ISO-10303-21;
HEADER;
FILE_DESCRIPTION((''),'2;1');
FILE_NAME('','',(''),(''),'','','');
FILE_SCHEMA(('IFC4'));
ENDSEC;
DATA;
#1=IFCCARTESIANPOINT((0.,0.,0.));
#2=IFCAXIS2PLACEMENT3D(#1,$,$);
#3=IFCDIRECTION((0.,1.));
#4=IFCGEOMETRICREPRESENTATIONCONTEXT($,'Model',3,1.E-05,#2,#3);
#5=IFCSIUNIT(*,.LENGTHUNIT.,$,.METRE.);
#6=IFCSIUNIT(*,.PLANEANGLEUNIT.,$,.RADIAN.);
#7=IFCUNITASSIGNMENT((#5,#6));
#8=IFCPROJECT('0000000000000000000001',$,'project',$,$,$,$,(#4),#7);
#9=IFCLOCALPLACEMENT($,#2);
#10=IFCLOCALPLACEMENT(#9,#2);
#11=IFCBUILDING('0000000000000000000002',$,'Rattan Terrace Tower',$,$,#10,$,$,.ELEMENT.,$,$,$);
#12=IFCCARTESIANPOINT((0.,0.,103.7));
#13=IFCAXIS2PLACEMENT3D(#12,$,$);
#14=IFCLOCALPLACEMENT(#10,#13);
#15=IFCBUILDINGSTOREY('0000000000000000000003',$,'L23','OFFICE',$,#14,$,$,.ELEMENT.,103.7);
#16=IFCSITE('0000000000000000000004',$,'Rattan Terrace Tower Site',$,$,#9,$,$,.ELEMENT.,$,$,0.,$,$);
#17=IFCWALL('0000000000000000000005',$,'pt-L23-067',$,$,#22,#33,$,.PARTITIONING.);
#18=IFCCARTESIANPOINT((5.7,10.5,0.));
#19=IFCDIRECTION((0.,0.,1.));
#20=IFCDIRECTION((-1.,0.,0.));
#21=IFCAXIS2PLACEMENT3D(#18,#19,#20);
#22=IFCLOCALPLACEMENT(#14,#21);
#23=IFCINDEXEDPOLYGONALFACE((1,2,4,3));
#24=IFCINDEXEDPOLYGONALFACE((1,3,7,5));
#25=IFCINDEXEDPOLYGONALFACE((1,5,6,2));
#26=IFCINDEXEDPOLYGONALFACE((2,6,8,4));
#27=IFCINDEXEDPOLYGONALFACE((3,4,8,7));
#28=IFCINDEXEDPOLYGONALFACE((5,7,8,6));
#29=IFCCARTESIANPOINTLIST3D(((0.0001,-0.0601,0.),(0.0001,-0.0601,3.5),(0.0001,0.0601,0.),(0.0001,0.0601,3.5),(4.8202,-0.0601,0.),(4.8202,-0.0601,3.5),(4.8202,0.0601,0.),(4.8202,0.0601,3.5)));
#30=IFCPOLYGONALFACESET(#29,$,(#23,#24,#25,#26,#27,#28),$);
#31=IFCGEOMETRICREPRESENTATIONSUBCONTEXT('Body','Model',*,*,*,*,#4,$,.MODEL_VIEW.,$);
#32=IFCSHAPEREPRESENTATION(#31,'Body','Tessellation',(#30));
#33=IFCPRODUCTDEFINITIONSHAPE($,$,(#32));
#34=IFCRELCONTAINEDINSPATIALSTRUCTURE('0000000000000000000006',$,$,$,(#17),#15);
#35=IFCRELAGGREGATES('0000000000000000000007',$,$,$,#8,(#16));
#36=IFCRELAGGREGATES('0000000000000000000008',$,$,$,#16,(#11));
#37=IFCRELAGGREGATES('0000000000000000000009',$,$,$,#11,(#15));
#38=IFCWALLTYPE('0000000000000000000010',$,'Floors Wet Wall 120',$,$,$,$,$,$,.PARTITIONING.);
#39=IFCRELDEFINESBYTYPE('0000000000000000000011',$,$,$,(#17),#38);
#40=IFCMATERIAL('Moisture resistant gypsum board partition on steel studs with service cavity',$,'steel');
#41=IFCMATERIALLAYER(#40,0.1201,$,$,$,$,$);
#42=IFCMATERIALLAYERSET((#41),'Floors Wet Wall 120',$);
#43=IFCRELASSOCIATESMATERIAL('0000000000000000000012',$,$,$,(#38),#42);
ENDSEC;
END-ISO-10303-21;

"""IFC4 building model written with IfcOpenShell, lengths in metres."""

from ifc_helpers import new_model, si_unit, direction, frame, frame_2d, origin, place, context, subcontext, project, spatial, rectangle, extrude, material, layer, layer_set, type_object, element, save


model = new_model("IFC4")

# Units and contexts
model_context = context("Model", 3, precision=1e-05, world=origin(), true_north=direction((0.0, 1.0)))
body_context = subcontext(model_context, "Body", "Model", "MODEL_VIEW")
ifc_project = project(units=[si_unit("LENGTHUNIT", "METRE"), si_unit("PLANEANGLEUNIT", "RADIAN")], contexts=[model_context])

# Site, building, storey
site_placement = place(None, origin())
site = spatial("IfcSite", under=ifc_project, at=site_placement, Name="Rattan Terrace Tower Site", CompositionType="ELEMENT", RefElevation=0.0)
building_placement = place(site_placement, origin())
building = spatial("IfcBuilding", under=site, at=building_placement, Name="Rattan Terrace Tower", CompositionType="ELEMENT")
storey_placement = place(building_placement, frame((0.0, 0.0, 103.7)))
storey = spatial("IfcBuildingStorey", under=building, at=storey_placement, Name="L23", Description="OFFICE", CompositionType="ELEMENT", Elevation=103.7)

# Wall
ifc_material_1 = material(Name="Moisture resistant gypsum board partition on steel studs with service cavity", Category="steel")
ifc_layer_1 = layer(ifc_material_1, 0.1201)
ifc_layer_set_1 = layer_set([ifc_layer_1], Name="Floors Wet Wall 120")
wall_type = type_object("IfcWallType", Name="Floors Wet Wall 120", PredefinedType="PARTITIONING", material=ifc_layer_set_1)
wall_1_placement = place(storey_placement, frame((5.7, 10.5, 0.0), z_axis=(0.0, 0.0, 1.0), x_axis=(-1.0, 0.0, 0.0)))
element("IfcWall", 1, at=wall_1_placement, inside=storey, type_object=wall_type, Name="pt-L23-067", PredefinedType="PARTITIONING", context=body_context, shape_type="SweptSolid", body=[
    extrude(rectangle(XDim=4.8201, YDim=0.1201, at=frame_2d((2.4102, 0.0))), origin(), (0.0, 0.0, 1.0), 3.5),
])

save(model, "model.ifc")
